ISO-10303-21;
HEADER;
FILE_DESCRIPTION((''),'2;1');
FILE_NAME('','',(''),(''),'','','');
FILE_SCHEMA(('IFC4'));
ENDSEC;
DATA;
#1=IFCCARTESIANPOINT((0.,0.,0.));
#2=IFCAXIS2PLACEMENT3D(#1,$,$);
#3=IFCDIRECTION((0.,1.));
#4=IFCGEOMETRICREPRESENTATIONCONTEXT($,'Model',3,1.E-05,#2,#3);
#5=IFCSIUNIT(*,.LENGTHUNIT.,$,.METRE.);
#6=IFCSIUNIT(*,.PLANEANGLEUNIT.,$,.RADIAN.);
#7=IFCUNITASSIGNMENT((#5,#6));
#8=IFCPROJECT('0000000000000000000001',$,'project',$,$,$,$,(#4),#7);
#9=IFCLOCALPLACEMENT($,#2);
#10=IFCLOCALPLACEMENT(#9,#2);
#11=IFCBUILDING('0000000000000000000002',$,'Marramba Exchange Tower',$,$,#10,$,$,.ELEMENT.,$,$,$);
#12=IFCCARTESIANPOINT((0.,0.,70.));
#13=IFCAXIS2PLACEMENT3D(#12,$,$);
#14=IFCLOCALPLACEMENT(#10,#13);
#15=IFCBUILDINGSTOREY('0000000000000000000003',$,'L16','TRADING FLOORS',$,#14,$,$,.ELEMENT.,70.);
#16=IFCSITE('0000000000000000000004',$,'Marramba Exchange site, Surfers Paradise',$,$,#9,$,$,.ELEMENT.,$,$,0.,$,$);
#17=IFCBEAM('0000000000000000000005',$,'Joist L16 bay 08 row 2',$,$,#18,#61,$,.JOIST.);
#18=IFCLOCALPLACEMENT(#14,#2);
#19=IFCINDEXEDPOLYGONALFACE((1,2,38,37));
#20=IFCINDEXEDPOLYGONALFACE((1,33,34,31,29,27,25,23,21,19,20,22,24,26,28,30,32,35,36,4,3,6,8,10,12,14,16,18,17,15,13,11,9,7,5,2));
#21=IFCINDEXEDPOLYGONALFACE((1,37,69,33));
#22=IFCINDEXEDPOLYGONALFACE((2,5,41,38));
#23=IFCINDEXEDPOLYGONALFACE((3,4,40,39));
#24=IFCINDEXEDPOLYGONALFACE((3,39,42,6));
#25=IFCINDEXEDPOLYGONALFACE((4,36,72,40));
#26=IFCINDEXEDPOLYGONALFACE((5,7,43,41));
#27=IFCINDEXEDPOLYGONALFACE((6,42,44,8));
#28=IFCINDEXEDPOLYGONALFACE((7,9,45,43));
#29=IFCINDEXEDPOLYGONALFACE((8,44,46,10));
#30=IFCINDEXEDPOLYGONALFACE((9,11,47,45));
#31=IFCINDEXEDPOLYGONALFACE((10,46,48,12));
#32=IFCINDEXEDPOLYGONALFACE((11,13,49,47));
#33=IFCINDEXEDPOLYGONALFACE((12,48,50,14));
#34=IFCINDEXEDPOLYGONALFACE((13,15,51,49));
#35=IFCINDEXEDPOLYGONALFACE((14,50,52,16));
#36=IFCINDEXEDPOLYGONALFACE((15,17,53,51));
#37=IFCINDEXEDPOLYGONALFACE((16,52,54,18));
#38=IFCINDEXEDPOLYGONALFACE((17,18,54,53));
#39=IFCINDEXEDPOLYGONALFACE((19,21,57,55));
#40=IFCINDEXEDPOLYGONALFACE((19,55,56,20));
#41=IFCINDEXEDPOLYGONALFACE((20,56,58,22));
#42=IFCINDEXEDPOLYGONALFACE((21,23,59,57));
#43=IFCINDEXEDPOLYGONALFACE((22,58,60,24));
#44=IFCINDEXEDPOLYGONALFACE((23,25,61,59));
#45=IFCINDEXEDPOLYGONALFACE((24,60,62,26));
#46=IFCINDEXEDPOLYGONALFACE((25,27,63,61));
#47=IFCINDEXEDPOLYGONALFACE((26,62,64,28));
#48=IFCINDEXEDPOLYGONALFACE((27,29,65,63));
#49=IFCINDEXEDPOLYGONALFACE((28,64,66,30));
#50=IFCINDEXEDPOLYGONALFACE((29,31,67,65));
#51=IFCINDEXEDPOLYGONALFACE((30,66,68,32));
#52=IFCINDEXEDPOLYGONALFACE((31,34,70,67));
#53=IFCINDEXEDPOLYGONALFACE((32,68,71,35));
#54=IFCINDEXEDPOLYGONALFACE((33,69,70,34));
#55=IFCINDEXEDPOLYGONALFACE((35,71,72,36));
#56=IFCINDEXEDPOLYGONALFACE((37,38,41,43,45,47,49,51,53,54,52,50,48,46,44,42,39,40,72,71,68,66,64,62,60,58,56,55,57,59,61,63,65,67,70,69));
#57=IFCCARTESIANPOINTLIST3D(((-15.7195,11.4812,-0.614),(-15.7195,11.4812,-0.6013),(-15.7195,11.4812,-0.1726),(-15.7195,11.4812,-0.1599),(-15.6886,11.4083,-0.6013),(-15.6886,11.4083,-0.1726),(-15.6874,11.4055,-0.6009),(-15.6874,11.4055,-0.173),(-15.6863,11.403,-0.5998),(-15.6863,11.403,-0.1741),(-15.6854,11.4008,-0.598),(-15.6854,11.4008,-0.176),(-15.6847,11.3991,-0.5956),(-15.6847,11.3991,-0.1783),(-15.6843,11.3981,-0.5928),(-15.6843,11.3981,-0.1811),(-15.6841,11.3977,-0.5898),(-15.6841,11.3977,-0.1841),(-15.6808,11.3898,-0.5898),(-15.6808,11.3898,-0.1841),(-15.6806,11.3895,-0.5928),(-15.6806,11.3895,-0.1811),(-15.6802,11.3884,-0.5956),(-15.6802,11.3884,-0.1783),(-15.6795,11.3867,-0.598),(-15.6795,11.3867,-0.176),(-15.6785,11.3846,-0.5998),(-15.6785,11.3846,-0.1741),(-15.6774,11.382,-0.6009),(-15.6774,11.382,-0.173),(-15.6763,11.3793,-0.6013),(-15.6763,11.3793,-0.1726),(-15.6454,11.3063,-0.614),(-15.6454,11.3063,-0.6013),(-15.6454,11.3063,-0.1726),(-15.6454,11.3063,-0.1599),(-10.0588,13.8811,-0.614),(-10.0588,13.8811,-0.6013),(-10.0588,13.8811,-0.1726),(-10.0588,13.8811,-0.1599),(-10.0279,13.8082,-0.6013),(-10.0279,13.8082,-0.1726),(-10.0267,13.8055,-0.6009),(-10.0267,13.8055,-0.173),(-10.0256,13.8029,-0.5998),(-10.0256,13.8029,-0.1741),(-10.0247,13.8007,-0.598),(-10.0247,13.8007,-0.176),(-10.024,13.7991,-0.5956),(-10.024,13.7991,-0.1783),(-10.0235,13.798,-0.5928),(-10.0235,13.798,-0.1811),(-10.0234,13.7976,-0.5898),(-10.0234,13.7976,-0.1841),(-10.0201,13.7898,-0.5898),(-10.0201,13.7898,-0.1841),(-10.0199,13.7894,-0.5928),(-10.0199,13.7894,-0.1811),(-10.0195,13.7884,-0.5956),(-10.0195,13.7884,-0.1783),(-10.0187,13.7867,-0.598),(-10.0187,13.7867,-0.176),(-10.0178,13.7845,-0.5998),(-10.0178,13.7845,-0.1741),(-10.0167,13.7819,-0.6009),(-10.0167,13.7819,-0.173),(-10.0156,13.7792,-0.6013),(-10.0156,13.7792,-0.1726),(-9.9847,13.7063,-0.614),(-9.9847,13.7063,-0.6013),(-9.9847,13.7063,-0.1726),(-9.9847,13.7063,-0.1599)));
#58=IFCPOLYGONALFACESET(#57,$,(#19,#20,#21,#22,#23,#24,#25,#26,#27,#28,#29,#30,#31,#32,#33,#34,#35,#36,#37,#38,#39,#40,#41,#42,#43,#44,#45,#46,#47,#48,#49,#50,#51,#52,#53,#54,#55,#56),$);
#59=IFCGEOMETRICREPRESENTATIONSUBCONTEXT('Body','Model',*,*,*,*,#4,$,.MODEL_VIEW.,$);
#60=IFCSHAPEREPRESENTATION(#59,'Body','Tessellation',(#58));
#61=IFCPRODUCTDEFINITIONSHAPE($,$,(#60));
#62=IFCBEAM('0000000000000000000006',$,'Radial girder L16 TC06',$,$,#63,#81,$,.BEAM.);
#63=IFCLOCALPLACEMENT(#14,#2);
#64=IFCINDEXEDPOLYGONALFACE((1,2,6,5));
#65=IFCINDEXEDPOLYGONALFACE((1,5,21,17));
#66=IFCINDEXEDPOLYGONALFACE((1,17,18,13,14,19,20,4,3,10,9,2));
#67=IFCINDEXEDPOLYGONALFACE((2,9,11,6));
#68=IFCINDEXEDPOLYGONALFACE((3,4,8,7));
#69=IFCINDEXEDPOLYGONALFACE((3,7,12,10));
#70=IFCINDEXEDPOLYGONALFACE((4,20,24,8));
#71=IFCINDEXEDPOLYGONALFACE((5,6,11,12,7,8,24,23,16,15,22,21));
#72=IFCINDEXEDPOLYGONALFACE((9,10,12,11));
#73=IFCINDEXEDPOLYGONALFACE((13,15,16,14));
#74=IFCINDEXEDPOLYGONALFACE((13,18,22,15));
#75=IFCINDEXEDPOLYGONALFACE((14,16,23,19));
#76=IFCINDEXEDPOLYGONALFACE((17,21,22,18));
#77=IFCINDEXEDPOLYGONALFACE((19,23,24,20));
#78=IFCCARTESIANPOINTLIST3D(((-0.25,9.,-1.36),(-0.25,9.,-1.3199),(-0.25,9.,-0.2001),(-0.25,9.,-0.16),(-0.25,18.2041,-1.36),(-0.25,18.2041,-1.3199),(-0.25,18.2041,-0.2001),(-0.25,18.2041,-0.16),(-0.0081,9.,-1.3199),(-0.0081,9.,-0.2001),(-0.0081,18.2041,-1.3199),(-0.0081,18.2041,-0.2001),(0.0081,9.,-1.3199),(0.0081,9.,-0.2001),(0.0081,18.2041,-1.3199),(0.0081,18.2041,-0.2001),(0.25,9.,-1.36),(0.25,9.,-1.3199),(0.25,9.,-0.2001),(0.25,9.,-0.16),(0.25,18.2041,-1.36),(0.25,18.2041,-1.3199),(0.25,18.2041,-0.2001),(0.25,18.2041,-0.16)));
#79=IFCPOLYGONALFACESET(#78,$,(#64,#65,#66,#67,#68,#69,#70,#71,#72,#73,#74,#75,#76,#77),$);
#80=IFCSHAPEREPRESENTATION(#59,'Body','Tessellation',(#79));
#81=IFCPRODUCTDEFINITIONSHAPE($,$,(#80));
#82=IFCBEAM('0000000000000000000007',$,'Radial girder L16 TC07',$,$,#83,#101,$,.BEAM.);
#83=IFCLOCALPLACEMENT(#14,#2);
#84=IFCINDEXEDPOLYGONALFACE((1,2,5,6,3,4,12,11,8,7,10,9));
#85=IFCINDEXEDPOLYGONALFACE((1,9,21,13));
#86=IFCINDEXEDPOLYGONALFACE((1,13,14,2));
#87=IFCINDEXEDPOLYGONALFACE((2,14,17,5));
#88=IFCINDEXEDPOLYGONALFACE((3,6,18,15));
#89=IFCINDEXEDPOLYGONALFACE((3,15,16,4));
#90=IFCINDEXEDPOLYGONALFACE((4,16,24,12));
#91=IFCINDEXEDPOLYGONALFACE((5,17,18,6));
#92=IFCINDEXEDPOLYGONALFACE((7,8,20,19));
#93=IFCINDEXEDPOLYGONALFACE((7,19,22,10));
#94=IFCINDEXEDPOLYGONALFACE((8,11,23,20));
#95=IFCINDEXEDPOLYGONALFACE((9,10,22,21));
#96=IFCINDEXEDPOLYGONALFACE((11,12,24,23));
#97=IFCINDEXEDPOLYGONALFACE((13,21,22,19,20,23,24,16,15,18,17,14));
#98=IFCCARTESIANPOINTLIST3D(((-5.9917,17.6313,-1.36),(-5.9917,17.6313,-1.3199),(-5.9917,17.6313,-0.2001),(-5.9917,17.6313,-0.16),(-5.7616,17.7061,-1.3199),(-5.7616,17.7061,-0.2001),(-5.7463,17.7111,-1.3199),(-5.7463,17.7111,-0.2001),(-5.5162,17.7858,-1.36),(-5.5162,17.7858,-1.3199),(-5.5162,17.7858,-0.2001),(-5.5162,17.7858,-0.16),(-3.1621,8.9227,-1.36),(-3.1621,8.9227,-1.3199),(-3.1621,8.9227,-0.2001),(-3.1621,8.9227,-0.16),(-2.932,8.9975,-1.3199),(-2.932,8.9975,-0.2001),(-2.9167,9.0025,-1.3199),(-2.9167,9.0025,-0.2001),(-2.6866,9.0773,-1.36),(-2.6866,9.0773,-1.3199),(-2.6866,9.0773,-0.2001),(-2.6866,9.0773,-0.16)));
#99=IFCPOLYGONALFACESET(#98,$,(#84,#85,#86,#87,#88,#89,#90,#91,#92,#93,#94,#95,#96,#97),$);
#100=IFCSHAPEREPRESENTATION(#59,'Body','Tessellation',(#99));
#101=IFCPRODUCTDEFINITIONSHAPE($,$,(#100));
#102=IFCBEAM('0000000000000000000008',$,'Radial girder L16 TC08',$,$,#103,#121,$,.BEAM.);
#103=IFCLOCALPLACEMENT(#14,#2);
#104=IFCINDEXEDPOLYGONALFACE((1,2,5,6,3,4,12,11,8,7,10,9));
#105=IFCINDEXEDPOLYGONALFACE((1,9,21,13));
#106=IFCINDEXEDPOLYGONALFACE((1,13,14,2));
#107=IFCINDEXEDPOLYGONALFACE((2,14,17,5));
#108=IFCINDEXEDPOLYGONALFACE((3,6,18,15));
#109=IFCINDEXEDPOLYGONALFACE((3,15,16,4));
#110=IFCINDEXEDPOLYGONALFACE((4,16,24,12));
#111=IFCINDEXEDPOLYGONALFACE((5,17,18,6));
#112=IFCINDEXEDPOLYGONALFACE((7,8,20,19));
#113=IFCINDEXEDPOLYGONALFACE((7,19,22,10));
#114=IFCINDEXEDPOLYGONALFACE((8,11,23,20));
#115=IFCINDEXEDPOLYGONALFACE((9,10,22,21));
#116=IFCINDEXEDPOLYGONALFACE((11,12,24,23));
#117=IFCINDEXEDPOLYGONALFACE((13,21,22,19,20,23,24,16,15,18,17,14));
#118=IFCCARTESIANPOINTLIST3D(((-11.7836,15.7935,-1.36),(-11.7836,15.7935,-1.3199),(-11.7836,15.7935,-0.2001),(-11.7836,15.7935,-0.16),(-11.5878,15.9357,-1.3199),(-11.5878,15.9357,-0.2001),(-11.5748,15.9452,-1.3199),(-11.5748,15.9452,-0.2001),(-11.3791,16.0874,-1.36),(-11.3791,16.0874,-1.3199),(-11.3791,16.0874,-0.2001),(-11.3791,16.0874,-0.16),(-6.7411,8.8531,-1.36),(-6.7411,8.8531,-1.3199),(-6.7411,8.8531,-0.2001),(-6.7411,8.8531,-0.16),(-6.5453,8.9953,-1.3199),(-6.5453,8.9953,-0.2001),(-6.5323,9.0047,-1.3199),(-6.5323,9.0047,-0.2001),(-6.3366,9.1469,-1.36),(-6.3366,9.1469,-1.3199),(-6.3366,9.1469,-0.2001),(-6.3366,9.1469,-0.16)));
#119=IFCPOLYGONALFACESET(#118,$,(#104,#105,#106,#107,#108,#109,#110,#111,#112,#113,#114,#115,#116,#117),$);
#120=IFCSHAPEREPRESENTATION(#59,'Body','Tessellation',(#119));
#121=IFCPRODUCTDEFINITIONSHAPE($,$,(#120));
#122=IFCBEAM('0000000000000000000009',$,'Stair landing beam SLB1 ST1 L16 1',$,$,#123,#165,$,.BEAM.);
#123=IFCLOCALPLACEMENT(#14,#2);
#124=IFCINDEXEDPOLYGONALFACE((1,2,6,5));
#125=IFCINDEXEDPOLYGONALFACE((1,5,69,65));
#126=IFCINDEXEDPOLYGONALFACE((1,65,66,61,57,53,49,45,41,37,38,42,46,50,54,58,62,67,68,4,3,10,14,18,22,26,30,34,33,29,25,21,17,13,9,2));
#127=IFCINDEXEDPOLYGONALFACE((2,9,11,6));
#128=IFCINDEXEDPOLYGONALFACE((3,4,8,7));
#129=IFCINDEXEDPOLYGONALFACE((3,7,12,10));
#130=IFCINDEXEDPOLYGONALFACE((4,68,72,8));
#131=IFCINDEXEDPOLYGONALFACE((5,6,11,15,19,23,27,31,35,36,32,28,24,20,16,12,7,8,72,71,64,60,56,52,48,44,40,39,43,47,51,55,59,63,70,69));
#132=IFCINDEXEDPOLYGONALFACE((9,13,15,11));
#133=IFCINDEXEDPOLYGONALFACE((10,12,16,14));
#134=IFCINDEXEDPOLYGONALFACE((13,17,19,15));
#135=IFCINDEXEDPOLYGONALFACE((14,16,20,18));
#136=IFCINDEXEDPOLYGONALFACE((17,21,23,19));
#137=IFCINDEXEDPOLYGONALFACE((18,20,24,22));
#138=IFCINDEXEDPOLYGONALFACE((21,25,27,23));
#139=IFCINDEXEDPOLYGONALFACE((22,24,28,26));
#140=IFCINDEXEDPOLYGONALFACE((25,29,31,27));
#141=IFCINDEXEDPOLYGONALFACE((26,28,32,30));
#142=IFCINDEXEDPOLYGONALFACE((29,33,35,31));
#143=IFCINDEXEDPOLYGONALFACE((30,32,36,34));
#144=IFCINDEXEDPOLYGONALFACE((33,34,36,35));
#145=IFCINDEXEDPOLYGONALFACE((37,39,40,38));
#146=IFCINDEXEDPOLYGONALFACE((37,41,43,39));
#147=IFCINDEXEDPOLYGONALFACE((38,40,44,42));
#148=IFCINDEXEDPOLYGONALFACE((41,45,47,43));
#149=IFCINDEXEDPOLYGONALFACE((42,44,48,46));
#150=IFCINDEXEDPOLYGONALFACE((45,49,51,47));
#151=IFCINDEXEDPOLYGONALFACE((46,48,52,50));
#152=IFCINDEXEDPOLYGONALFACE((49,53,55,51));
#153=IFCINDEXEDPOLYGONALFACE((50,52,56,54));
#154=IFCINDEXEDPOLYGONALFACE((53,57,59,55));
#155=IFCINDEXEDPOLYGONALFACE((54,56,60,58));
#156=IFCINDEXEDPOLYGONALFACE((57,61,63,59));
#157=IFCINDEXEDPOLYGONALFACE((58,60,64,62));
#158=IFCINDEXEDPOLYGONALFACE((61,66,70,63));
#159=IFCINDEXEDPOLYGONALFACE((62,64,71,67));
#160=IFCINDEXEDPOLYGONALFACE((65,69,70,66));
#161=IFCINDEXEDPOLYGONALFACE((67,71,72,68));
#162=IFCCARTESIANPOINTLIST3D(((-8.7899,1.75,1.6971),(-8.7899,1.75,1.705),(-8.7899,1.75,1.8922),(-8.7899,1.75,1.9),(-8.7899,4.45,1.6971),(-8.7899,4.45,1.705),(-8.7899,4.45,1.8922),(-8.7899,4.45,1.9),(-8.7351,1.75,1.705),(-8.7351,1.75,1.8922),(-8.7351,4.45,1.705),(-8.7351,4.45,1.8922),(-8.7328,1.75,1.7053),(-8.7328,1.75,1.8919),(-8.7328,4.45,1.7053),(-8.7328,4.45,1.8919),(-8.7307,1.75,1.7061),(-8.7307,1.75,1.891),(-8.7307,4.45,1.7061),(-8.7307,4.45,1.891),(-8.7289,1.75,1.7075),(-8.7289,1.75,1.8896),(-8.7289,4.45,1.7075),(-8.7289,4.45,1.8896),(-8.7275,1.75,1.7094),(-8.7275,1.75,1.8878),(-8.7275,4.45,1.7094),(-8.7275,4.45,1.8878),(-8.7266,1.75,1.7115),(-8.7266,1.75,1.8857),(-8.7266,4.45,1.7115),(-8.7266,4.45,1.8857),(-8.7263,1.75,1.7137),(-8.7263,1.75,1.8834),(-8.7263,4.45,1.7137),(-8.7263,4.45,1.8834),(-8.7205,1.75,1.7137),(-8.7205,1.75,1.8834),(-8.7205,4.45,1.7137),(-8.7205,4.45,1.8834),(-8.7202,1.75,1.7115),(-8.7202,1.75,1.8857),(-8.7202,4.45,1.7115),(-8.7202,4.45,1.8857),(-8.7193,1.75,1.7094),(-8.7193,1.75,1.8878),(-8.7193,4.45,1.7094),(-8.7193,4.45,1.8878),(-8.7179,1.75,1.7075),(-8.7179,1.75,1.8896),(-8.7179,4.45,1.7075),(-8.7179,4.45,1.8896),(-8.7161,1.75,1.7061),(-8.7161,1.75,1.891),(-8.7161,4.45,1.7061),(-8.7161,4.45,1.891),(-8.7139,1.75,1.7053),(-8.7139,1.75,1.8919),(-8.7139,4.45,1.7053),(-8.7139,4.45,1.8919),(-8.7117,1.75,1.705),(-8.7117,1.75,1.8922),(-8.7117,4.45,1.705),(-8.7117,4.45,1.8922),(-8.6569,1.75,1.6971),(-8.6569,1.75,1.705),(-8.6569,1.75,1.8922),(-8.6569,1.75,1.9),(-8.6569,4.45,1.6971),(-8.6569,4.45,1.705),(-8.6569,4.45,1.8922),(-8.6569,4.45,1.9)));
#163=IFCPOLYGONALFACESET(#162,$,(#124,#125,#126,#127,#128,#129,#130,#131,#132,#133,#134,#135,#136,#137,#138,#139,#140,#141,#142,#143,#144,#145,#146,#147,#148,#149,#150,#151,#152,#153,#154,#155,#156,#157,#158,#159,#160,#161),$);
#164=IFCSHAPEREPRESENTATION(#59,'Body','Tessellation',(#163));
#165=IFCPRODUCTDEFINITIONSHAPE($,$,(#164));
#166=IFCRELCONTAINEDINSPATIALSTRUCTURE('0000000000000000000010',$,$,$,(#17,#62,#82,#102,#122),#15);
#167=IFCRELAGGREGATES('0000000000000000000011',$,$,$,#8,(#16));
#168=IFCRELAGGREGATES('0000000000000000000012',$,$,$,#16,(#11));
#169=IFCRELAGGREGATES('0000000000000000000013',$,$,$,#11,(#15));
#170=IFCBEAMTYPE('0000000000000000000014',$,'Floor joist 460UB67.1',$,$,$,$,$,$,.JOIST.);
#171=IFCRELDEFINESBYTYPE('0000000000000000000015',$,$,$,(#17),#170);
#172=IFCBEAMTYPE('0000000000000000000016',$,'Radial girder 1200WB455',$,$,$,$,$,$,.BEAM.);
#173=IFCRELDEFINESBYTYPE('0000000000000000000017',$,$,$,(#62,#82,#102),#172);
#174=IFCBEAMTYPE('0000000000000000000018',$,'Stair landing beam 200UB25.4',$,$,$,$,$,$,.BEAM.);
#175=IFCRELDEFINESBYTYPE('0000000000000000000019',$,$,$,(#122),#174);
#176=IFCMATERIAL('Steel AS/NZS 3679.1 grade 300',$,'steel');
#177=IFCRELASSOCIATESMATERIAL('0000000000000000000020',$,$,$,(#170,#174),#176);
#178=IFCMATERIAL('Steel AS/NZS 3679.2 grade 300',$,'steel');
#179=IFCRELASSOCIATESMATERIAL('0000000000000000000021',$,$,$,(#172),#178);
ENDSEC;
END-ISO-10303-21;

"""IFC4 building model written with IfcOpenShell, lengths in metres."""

from ifc_helpers import new_model, si_unit, direction, frame, origin, origin_2d, place, context, subcontext, project, spatial, i_section, extrude, material, material_profile, profile_set, type_object, element, save


model = new_model("IFC4")

# Units and contexts
model_context = context("Model", 3, precision=1e-05, world=origin(), true_north=direction((0.0, 1.0)))
body_context = subcontext(model_context, "Body", "Model", "MODEL_VIEW")
ifc_project = project(units=[si_unit("LENGTHUNIT", "METRE"), si_unit("PLANEANGLEUNIT", "RADIAN")], contexts=[model_context])

# Site, building, storey
site_placement = place(None, origin())
site = spatial("IfcSite", under=ifc_project, at=site_placement, Name="Marramba Exchange site, Surfers Paradise", CompositionType="ELEMENT", RefElevation=0.0)
building_placement = place(site_placement, origin())
building = spatial("IfcBuilding", under=site, at=building_placement, Name="Marramba Exchange Tower", CompositionType="ELEMENT")
storey_placement = place(building_placement, frame((0.0, 0.0, 70.0)))
storey = spatial("IfcBuildingStorey", under=building, at=storey_placement, Name="L16", Description="TRADING FLOORS", CompositionType="ELEMENT", Elevation=70.0)

# Beams
ifc_material_1 = material(Name="Steel AS/NZS 3679.1 grade 300", Category="steel")
ifc_material_profile_1 = material_profile(ifc_material_1, i_section(OverallWidth=0.1899, OverallDepth=0.4541, WebThickness=0.0085, FlangeThickness=0.0127, FilletRadius=0.0115, at=origin_2d()), Name="460UB67.1")
ifc_profile_set_1 = profile_set([ifc_material_profile_1], Name="Steel AS/NZS 3679.1 grade 300")
beam_type_1 = type_object("IfcBeamType", Name="Floor joist 460UB67.1", PredefinedType="JOIST", material=ifc_profile_set_1)
beam_1_placement = place(storey_placement, frame((-10.0217, 13.7937, -0.387), z_axis=(-0.920674, -0.390332, 0.0), x_axis=(0.390332, -0.920674, 0.0)))
element("IfcBeam", 1, at=beam_1_placement, inside=storey, type_object=beam_type_1, Name="Joist L16 bay 08 row 2", PredefinedType="JOIST", context=body_context, shape_type="SweptSolid", body=[
    extrude(i_section(OverallWidth=0.1899, OverallDepth=0.4541, WebThickness=0.0085, FlangeThickness=0.0127, FilletRadius=0.0115, at=origin_2d()), origin(), (0.0, 0.0, 1.0), 6.1484),
])
ifc_material_2 = material(Name="Steel AS/NZS 3679.2 grade 300", Category="steel")
ifc_material_profile_2 = material_profile(ifc_material_2, i_section(OverallWidth=0.5, OverallDepth=1.2, WebThickness=0.0161, FlangeThickness=0.04, at=origin_2d()), Name="1200WB455")
ifc_profile_set_2 = profile_set([ifc_material_profile_2], Name="Steel AS/NZS 3679.2 grade 300")
beam_type_2 = type_object("IfcBeamType", Name="Radial girder 1200WB455", PredefinedType="BEAM", material=ifc_profile_set_2)
beam_2_placement = place(storey_placement, frame((0.0, 9.0, -0.76), z_axis=(0.0, 1.0, 0.0), x_axis=(-1.0, 0.0, 0.0)))
element("IfcBeam", 2, at=beam_2_placement, inside=storey, type_object=beam_type_2, Name="Radial girder L16 TC06", PredefinedType="BEAM", context=body_context, shape_type="SweptSolid", body=[
    extrude(i_section(OverallWidth=0.5, OverallDepth=1.2, WebThickness=0.0161, FlangeThickness=0.04, at=origin_2d()), origin(), (0.0, 0.0, 1.0), 9.2041),
])
beam_3_placement = place(storey_placement, frame((-2.9243, 9.0, -0.76), z_axis=(-0.30902, 0.951056, 0.0), x_axis=(-0.951056, -0.30902, 0.0)))
element("IfcBeam", 3, at=beam_3_placement, inside=storey, type_object=beam_type_2, Name="Radial girder L16 TC07", PredefinedType="BEAM", context=body_context, shape_type="SweptSolid", body=[
    extrude(i_section(OverallWidth=0.5, OverallDepth=1.2, WebThickness=0.0161, FlangeThickness=0.04, at=origin_2d()), origin(), (0.0, 0.0, 1.0), 9.1567),
])
beam_4_placement = place(storey_placement, frame((-6.5388, 9.0, -0.76), z_axis=(-0.587782, 0.809019, 0.0), x_axis=(-0.809019, -0.587782, 0.0)))
element("IfcBeam", 4, at=beam_4_placement, inside=storey, type_object=beam_type_2, Name="Radial girder L16 TC08", PredefinedType="BEAM", context=body_context, shape_type="SweptSolid", body=[
    extrude(i_section(OverallWidth=0.5, OverallDepth=1.2, WebThickness=0.0161, FlangeThickness=0.04, at=origin_2d()), origin(), (0.0, 0.0, 1.0), 8.5789),
])
ifc_material_profile_3 = material_profile(ifc_material_1, i_section(OverallWidth=0.1331, OverallDepth=0.2029, WebThickness=0.0059, FlangeThickness=0.0078, FilletRadius=0.0088, at=origin_2d()), Name="200UB25.4")
ifc_profile_set_3 = profile_set([ifc_material_profile_3], Name="Steel AS/NZS 3679.1 grade 300")
beam_type_3 = type_object("IfcBeamType", Name="Stair landing beam 200UB25.4", PredefinedType="BEAM", material=ifc_profile_set_3)
for number, where, z_axis, x_axis, name in (
    (5, (-8.7234, 1.75, 1.7986), (0.0, 1.0, 0.0), (-1.0, 0.0, 0.0), "Stair landing beam SLB1 ST1 L16 1"),
):
    element("IfcBeam", number, at=place(storey_placement, frame(where, z_axis=z_axis, x_axis=x_axis)), inside=storey, type_object=beam_type_3, Name=name, PredefinedType="BEAM", context=body_context, shape_type="SweptSolid", body=[
        extrude(i_section(OverallWidth=0.1331, OverallDepth=0.2029, WebThickness=0.0059, FlangeThickness=0.0078, FilletRadius=0.0088, at=origin_2d()), origin(), (0.0, 0.0, 1.0), 2.7),
    ])

save(model, "model.ifc")
